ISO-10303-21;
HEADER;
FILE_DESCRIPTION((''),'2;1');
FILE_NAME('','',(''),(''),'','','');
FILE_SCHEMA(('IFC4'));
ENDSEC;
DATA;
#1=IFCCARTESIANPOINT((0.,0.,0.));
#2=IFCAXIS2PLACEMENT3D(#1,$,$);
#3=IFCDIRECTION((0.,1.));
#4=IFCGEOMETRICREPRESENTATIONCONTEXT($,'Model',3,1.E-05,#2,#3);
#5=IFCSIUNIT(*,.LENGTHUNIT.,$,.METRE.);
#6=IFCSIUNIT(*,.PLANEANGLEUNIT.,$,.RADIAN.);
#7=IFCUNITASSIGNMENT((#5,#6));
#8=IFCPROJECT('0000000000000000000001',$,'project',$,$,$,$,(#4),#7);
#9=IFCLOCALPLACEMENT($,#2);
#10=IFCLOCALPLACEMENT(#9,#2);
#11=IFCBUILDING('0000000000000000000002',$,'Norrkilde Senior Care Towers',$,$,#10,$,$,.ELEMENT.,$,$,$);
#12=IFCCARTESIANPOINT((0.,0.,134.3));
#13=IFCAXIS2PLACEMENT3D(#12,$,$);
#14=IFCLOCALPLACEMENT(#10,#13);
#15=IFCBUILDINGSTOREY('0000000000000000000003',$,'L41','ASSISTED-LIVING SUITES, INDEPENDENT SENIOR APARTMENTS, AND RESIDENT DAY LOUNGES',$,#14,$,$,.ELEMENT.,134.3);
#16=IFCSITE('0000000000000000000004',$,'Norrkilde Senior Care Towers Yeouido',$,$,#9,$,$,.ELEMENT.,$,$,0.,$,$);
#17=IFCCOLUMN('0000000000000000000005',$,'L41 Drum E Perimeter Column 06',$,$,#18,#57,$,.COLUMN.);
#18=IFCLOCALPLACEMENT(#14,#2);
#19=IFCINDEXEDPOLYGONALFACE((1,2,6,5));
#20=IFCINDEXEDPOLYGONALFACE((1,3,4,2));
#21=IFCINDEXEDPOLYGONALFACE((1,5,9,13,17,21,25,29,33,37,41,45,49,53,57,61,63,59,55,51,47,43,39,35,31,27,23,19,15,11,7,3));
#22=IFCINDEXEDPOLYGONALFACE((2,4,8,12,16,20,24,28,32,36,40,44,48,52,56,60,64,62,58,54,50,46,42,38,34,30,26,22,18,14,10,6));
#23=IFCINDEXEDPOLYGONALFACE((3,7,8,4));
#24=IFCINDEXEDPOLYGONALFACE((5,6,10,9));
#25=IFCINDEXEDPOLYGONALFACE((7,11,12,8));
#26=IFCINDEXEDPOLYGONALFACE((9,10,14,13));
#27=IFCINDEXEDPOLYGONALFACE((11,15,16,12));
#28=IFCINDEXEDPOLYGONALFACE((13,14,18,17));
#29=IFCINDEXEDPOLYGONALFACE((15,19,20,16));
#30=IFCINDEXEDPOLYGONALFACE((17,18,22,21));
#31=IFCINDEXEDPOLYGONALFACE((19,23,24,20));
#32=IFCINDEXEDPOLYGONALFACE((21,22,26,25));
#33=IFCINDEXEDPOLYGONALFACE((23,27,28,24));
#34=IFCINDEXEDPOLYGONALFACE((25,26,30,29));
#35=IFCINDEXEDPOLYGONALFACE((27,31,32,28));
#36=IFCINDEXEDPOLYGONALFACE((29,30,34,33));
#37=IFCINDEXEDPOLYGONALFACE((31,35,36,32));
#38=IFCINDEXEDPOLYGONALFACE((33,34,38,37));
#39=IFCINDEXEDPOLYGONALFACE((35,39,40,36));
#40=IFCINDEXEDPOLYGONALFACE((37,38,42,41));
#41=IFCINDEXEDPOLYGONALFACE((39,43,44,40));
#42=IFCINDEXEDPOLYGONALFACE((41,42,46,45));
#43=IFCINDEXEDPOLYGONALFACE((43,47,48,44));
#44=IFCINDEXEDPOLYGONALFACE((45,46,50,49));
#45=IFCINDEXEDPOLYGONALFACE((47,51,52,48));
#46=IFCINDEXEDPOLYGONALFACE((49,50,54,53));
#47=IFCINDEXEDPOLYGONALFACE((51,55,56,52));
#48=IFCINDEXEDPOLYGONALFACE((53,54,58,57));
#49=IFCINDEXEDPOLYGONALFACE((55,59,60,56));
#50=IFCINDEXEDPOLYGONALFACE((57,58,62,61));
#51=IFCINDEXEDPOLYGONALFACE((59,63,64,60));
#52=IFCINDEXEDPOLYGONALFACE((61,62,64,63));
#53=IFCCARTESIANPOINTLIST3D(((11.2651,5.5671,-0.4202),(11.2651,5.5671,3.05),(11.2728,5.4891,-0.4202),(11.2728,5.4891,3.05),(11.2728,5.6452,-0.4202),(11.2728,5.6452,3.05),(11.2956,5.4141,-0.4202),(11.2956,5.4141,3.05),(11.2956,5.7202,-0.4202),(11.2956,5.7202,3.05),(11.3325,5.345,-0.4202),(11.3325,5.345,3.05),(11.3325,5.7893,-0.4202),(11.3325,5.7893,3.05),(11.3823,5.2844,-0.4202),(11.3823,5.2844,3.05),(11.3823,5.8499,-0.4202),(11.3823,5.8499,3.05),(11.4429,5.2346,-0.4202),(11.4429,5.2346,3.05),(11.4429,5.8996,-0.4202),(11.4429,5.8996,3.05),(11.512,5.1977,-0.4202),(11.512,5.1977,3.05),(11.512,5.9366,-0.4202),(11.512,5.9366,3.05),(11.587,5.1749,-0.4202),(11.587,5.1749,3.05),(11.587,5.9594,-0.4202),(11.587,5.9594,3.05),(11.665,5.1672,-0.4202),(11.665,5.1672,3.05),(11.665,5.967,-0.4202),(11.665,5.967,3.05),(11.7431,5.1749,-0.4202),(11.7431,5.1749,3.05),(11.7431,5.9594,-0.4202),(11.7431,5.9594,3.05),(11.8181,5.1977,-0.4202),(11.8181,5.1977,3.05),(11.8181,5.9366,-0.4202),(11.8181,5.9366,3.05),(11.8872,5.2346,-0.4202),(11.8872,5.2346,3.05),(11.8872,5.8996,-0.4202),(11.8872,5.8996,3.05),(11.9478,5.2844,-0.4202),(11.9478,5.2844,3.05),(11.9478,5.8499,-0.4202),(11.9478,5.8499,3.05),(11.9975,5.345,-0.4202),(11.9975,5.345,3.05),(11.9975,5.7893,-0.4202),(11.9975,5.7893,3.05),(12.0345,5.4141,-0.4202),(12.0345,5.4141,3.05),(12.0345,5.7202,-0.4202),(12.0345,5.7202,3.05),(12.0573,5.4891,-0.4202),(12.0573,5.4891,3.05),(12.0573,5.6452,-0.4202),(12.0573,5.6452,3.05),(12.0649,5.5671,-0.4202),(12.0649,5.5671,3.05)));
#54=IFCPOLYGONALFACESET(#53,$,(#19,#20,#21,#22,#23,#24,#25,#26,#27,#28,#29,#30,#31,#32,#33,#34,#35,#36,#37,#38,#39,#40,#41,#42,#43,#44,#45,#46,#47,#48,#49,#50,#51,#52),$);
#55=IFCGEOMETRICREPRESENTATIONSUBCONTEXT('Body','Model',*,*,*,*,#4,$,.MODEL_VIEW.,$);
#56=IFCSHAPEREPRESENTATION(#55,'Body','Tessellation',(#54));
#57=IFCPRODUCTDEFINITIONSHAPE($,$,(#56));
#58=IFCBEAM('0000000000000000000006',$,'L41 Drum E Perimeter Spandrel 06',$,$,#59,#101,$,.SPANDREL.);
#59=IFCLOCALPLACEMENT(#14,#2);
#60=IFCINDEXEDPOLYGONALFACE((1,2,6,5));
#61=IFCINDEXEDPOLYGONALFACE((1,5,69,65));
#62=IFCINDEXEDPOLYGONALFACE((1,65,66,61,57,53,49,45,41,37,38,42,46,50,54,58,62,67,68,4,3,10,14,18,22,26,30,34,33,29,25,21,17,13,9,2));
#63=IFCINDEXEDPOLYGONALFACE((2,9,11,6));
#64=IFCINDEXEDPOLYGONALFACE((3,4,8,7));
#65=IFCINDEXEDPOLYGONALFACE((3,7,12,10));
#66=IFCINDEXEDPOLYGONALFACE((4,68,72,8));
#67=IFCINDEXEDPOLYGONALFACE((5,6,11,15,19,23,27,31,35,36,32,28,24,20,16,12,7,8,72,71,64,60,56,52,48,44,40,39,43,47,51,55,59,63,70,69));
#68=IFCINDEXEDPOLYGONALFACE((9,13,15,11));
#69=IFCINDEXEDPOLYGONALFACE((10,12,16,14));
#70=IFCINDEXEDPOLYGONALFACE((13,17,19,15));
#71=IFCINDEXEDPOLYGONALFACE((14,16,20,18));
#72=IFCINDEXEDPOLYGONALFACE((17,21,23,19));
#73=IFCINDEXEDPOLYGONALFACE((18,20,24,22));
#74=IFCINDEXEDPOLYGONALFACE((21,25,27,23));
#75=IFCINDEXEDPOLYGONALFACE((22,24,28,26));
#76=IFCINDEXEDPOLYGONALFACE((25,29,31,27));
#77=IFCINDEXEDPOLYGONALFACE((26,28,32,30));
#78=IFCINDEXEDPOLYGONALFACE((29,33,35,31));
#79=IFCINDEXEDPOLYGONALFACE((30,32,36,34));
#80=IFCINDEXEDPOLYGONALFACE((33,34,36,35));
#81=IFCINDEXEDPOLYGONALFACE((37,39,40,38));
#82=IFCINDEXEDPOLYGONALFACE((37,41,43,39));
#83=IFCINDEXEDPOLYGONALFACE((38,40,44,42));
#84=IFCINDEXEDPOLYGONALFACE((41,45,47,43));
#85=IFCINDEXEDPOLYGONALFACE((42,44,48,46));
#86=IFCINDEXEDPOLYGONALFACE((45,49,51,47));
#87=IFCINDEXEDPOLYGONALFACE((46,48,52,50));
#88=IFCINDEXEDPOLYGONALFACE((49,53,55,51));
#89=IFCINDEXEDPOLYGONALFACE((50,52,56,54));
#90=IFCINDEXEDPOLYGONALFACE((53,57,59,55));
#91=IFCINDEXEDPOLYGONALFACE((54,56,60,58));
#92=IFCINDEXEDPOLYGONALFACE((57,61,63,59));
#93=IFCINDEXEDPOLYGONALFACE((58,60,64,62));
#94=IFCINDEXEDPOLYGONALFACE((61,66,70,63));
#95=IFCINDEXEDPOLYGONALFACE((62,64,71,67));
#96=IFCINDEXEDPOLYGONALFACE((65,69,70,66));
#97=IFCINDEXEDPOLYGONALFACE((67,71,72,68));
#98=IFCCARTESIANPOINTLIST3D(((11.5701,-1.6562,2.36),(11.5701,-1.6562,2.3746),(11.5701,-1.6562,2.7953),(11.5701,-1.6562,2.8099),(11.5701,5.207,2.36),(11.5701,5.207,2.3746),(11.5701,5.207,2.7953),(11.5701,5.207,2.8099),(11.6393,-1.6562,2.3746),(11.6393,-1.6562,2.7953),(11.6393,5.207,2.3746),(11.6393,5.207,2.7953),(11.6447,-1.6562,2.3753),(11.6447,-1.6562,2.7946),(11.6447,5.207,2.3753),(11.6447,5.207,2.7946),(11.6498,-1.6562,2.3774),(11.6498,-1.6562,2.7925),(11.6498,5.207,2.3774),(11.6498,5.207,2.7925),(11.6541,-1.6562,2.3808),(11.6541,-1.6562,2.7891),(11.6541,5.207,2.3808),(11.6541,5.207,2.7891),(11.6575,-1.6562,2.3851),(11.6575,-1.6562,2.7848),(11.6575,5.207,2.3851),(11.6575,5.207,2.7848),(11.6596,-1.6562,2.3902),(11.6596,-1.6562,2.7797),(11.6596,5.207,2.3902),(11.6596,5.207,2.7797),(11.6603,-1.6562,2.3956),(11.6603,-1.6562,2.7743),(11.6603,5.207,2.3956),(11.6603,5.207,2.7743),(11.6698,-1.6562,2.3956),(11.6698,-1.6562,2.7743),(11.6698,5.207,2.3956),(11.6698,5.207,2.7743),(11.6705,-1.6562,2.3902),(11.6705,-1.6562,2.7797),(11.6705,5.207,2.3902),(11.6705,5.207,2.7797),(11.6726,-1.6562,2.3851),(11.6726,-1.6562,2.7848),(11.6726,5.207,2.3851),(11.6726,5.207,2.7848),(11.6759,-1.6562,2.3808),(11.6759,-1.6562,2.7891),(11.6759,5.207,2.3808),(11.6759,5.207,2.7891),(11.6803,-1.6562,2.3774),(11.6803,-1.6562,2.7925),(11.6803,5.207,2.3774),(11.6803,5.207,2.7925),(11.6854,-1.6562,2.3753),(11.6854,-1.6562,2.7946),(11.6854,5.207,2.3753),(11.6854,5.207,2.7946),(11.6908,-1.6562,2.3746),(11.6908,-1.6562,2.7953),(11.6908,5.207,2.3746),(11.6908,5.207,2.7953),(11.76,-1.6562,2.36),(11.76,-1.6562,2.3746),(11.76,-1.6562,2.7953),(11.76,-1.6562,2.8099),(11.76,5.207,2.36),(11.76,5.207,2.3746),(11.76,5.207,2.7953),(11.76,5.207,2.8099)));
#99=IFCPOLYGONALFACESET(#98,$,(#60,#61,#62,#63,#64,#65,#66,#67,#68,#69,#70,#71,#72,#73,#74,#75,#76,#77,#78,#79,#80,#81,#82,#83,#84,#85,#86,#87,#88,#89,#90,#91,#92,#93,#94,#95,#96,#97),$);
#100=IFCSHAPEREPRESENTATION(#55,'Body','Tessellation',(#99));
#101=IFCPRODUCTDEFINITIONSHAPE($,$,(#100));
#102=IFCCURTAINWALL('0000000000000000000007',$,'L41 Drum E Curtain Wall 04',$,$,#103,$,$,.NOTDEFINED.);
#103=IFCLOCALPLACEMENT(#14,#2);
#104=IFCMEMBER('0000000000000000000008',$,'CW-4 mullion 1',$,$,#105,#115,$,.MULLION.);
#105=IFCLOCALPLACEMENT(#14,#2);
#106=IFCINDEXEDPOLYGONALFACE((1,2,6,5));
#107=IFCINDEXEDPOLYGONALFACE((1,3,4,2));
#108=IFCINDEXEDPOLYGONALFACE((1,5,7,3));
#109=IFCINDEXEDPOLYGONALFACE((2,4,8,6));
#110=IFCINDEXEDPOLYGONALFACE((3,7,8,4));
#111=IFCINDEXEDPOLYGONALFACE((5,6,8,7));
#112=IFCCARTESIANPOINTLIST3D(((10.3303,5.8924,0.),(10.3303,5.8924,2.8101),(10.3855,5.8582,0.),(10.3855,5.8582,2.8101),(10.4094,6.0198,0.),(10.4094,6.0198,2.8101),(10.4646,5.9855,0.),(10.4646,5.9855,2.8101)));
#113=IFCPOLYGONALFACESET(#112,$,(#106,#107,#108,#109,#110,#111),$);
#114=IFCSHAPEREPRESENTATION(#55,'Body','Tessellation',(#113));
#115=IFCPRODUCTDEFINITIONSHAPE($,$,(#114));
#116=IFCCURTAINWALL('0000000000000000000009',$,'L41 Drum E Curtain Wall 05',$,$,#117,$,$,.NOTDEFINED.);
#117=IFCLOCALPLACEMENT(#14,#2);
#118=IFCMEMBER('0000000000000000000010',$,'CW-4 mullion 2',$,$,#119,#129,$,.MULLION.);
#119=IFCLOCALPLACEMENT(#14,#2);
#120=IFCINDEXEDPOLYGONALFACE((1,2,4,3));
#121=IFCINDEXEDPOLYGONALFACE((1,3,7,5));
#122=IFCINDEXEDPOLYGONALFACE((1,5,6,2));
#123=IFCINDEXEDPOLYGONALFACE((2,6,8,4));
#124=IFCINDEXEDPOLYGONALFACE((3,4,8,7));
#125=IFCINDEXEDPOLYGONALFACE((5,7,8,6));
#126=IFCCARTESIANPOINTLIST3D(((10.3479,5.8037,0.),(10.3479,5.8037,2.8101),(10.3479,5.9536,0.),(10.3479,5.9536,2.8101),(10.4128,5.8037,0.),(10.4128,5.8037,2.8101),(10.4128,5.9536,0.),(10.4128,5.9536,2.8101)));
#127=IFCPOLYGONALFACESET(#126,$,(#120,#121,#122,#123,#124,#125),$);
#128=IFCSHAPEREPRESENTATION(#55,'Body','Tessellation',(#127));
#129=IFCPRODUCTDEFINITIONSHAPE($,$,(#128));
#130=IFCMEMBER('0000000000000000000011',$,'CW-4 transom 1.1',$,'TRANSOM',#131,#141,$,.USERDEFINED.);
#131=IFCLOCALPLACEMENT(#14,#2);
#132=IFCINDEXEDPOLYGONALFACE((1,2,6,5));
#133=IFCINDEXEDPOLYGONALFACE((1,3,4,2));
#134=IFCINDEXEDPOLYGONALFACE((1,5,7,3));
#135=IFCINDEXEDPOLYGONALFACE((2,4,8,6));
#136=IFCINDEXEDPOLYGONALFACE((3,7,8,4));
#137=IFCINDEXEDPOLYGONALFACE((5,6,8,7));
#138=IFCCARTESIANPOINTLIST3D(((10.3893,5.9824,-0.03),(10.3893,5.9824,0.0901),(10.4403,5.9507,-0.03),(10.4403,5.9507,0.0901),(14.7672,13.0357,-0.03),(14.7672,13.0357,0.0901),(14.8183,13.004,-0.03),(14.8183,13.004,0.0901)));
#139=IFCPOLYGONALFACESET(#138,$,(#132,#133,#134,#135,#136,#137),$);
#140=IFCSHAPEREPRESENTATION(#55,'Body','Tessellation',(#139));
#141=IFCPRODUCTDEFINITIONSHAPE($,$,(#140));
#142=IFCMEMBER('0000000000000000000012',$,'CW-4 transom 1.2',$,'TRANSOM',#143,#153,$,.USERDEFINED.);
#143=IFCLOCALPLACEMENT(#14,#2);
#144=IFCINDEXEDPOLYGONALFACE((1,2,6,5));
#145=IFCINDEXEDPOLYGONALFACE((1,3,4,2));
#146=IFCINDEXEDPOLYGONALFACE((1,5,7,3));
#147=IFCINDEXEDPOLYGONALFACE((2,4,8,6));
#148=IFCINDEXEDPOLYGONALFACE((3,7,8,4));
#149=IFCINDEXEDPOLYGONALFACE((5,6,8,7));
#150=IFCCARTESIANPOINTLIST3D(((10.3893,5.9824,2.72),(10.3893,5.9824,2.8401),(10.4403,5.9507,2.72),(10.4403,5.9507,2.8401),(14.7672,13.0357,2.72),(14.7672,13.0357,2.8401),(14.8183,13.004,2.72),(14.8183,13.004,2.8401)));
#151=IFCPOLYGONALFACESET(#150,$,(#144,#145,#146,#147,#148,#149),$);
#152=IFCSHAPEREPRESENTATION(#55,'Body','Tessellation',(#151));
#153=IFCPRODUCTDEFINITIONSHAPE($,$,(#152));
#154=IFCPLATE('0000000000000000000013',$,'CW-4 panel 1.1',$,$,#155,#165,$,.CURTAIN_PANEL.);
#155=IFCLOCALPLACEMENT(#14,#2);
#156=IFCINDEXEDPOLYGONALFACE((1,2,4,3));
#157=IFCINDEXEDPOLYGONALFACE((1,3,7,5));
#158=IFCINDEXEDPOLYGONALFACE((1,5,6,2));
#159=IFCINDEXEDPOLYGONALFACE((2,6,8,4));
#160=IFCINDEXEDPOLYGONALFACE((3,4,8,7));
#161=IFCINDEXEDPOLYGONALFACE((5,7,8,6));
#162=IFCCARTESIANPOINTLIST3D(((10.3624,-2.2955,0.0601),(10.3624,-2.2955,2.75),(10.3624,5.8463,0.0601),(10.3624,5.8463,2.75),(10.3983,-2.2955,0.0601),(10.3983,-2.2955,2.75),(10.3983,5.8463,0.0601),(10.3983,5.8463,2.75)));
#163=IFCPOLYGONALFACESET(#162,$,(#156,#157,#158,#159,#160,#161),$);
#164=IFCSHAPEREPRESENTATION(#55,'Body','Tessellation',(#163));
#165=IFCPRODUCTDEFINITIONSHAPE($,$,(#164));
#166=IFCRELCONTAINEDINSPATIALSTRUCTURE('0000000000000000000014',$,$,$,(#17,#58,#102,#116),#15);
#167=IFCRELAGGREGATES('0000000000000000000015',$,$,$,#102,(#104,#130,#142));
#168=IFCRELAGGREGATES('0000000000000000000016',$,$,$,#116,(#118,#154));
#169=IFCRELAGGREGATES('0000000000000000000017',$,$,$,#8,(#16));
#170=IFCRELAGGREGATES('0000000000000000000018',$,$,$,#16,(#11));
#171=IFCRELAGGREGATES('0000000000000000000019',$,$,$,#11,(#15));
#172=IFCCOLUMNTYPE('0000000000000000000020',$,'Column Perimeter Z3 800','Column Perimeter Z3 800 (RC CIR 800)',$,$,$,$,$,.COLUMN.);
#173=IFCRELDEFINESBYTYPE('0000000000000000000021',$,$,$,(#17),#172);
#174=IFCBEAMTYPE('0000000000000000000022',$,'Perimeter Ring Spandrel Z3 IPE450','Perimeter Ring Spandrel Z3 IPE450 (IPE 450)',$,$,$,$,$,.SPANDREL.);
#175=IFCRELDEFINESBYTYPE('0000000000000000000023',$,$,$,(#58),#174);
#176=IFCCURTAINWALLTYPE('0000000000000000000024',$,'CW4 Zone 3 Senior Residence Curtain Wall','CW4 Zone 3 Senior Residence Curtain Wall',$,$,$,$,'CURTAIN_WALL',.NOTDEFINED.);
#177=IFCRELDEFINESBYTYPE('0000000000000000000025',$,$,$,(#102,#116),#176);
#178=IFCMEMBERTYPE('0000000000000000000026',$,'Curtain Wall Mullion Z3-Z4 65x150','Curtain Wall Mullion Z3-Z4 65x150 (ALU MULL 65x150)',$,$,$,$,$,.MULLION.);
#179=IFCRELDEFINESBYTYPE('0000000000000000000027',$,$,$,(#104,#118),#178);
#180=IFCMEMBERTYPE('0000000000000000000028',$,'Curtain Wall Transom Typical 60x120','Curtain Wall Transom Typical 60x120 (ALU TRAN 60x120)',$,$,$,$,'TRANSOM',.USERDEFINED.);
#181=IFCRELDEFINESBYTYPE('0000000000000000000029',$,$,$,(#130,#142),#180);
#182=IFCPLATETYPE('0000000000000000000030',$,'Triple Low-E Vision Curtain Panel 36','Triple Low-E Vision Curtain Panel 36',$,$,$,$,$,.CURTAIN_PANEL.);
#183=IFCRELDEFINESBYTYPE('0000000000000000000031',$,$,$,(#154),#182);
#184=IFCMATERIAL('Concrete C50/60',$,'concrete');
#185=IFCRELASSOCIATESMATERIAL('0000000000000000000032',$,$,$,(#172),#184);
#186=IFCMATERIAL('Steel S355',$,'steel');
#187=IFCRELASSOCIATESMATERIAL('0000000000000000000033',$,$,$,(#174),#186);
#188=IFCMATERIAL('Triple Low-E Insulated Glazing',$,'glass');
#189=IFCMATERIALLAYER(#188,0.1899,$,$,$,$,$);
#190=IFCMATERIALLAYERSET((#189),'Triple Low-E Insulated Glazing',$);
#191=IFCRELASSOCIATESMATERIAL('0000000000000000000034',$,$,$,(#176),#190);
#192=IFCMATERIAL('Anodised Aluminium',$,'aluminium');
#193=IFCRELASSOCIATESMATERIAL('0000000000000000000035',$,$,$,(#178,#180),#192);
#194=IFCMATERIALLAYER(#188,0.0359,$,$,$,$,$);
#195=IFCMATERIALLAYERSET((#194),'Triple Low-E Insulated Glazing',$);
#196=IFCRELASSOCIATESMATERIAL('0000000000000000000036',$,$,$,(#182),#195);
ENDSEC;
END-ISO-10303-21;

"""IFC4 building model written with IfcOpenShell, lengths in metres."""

from ifc_helpers import new_model, si_unit, direction, frame, origin, origin_2d, place, context, subcontext, project, spatial, rectangle, circle, i_section, extrude, source, transform, mapped, material, layer, layer_set, material_profile, profile_set, type_object, type_shapes, element, aggregate, save


model = new_model("IFC4")

# Units and contexts
model_context = context("Model", 3, precision=1e-05, world=origin(), true_north=direction((0.0, 1.0)))
body_context = subcontext(model_context, "Body", "Model", "MODEL_VIEW")
ifc_project = project(units=[si_unit("LENGTHUNIT", "METRE"), si_unit("PLANEANGLEUNIT", "RADIAN")], contexts=[model_context])

# Site, building, storey
site_placement = place(None, origin())
site = spatial("IfcSite", under=ifc_project, at=site_placement, Name="Norrkilde Senior Care Towers Yeouido", CompositionType="ELEMENT", RefElevation=0.0)
building_placement = place(site_placement, origin())
building = spatial("IfcBuilding", under=site, at=building_placement, Name="Norrkilde Senior Care Towers", CompositionType="ELEMENT")
storey_placement = place(building_placement, frame((0.0, 0.0, 134.3)))
storey = spatial("IfcBuildingStorey", under=building, at=storey_placement, Name="L41", Description="ASSISTED-LIVING SUITES, INDEPENDENT SENIOR APARTMENTS, AND RESIDENT DAY LOUNGES", CompositionType="ELEMENT", Elevation=134.3)

# Column
ifc_material_1 = material(Name="Concrete C50/60", Category="concrete")
ifc_material_profile_1 = material_profile(ifc_material_1, circle(Radius=0.3999, at=origin_2d()), Name="RC CIR 800")
ifc_profile_set_1 = profile_set([ifc_material_profile_1], Name="Concrete C50/60")
column_type = type_object("IfcColumnType", Name="Column Perimeter Z3 800", Description="Column Perimeter Z3 800 (RC CIR 800)", PredefinedType="COLUMN", material=ifc_profile_set_1)
shared_shape_1 = source(origin(), body_context, "Body", "SweptSolid", [
    extrude(circle(Radius=0.3999, at=origin_2d()), origin(), (0.0, 0.0, 1.0), 3.4702),
])
type_shapes(column_type, [shared_shape_1])
column_placement = place(storey_placement, frame((11.665, 5.5671, -0.4202), z_axis=(0.0, 0.0, 1.0), x_axis=(1.0, 0.0, 0.0)))
element("IfcColumn", 1, at=column_placement, inside=storey, type_object=column_type, Name="L41 Drum E Perimeter Column 06", PredefinedType="COLUMN", context=body_context, shape_type="MappedRepresentation", body=[
    mapped(shared_shape_1, transform((0.0, 0.0, 0.0), x_axis=(1.0, 0.0, 0.0), y_axis=(0.0, 1.0, 0.0), z_axis=(0.0, 0.0, 1.0), scale=1.0)),
])

# Beam
ifc_material_2 = material(Name="Steel S355", Category="steel")
ifc_material_profile_2 = material_profile(ifc_material_2, i_section(OverallWidth=0.1899, OverallDepth=0.45, WebThickness=0.0095, FlangeThickness=0.0146, FilletRadius=0.021, at=origin_2d()), Name="IPE 450")
ifc_profile_set_2 = profile_set([ifc_material_profile_2], Name="Steel S355")
beam_type = type_object("IfcBeamType", Name="Perimeter Ring Spandrel Z3 IPE450", Description="Perimeter Ring Spandrel Z3 IPE450 (IPE 450)", PredefinedType="SPANDREL", material=ifc_profile_set_2)
shared_shape_2 = source(origin(), body_context, "Body", "SweptSolid", [
    extrude(i_section(OverallWidth=0.1899, OverallDepth=0.45, WebThickness=0.0095, FlangeThickness=0.0146, FilletRadius=0.021, at=origin_2d()), origin(), (0.0, 0.0, 1.0), 6.8633),
])
type_shapes(beam_type, [shared_shape_2])
beam_placement = place(storey_placement, frame((11.665, 5.207, 2.585), z_axis=(0.0, -1.0, 0.0), x_axis=(1.0, 0.0, 0.0)))
element("IfcBeam", 2, at=beam_placement, inside=storey, type_object=beam_type, Name="L41 Drum E Perimeter Spandrel 06", PredefinedType="SPANDREL", context=body_context, shape_type="MappedRepresentation", body=[
    mapped(shared_shape_2, transform((0.0, 0.0, 0.0), x_axis=(1.0, 0.0, 0.0), y_axis=(0.0, 1.0, 0.0), z_axis=(0.0, 0.0, 1.0), scale=1.0)),
])

# Curtain walls, members
ifc_material_3 = material(Name="Triple Low-E Insulated Glazing", Category="glass")
ifc_layer_1 = layer(ifc_material_3, 0.1899)
ifc_layer_set_1 = layer_set([ifc_layer_1], Name="Triple Low-E Insulated Glazing")
curtain_wall_type = type_object("IfcCurtainWallType", Name="CW4 Zone 3 Senior Residence Curtain Wall", Description="CW4 Zone 3 Senior Residence Curtain Wall", ElementType="CURTAIN_WALL", PredefinedType="NOTDEFINED", material=ifc_layer_set_1)
curtain_wall_1_placement = place(storey_placement, origin())
curtain_wall_1 = element("IfcCurtainWall", 3, at=curtain_wall_1_placement, inside=storey, type_object=curtain_wall_type, Name="L41 Drum E Curtain Wall 04", PredefinedType="NOTDEFINED")
ifc_material_4 = material(Name="Anodised Aluminium", Category="aluminium")
ifc_material_profile_3 = material_profile(ifc_material_4, rectangle(XDim=0.0649, YDim=0.1499, at=origin_2d()), Name="ALU MULL 65x150")
ifc_profile_set_3 = profile_set([ifc_material_profile_3], Name="Anodised Aluminium")
member_type_1 = type_object("IfcMemberType", Name="Curtain Wall Mullion Z3-Z4 65x150", Description="Curtain Wall Mullion Z3-Z4 65x150 (ALU MULL 65x150)", PredefinedType="MULLION", material=ifc_profile_set_3)
shared_shape_3 = source(origin(), body_context, "Body", "SweptSolid", [
    extrude(rectangle(XDim=0.0649, YDim=0.1499, at=origin_2d()), origin(), (0.0, 0.0, 1.0), 2.8101),
])
type_shapes(member_type_1, [shared_shape_3])
member_1_placement = place(storey_placement, frame((10.3975, 5.939, 0.0), z_axis=(0.0, 0.0, 1.0), x_axis=(-0.849634, 0.527373, 0.0)))
member_1 = element("IfcMember", 4, at=member_1_placement, type_object=member_type_1, Name="CW-4 mullion 1", PredefinedType="MULLION", context=body_context, shape_type="MappedRepresentation", body=[
    mapped(shared_shape_3, transform((0.0, 0.0, 0.0), x_axis=(1.0, 0.0, 0.0), y_axis=(0.0, 1.0, 0.0), z_axis=(0.0, 0.0, 1.0), scale=1.0)),
])
curtain_wall_2_placement = place(storey_placement, origin())
curtain_wall_2 = element("IfcCurtainWall", 5, at=curtain_wall_2_placement, inside=storey, type_object=curtain_wall_type, Name="L41 Drum E Curtain Wall 05", PredefinedType="NOTDEFINED")
member_2_placement = place(storey_placement, frame((10.3804, 5.8787, 0.0), z_axis=(0.0, 0.0, 1.0), x_axis=(-1.0, 0.0, 0.0)))
member_2 = element("IfcMember", 6, at=member_2_placement, type_object=member_type_1, Name="CW-4 mullion 2", PredefinedType="MULLION", context=body_context, shape_type="MappedRepresentation", body=[
    mapped(shared_shape_3, transform((0.0, 0.0, 0.0), x_axis=(1.0, 0.0, 0.0), y_axis=(0.0, 1.0, 0.0), z_axis=(0.0, 0.0, 1.0), scale=1.0)),
])

# Members
ifc_material_profile_4 = material_profile(ifc_material_4, rectangle(XDim=0.0601, YDim=0.1201, at=origin_2d()), Name="ALU TRAN 60x120")
ifc_profile_set_4 = profile_set([ifc_material_profile_4], Name="Anodised Aluminium")
member_type_2 = type_object("IfcMemberType", Name="Curtain Wall Transom Typical 60x120", Description="Curtain Wall Transom Typical 60x120 (ALU TRAN 60x120)", ElementType="TRANSOM", PredefinedType="USERDEFINED", material=ifc_profile_set_4)
shared_shape_4 = source(origin(), body_context, "Body", "SweptSolid", [
    extrude(rectangle(XDim=0.0601, YDim=0.1201, at=origin_2d()), origin(), (0.0, 0.0, 1.0), 8.3015),
])
type_shapes(member_type_2, [shared_shape_4])
member_3_placement = place(storey_placement, frame((10.4148, 5.9666, 0.03), z_axis=(0.527369, 0.849637, 0.0), x_axis=(-0.849637, 0.527369, 0.0)))
member_3 = element("IfcMember", 7, at=member_3_placement, type_object=member_type_2, Name="CW-4 transom 1.1", ObjectType="TRANSOM", PredefinedType="USERDEFINED", context=body_context, shape_type="MappedRepresentation", body=[
    mapped(shared_shape_4, transform((0.0, 0.0, 0.0), x_axis=(1.0, 0.0, 0.0), y_axis=(0.0, 1.0, 0.0), z_axis=(0.0, 0.0, 1.0), scale=1.0)),
])
member_4_placement = place(storey_placement, frame((10.4148, 5.9666, 2.78), z_axis=(0.527369, 0.849637, 0.0), x_axis=(-0.849637, 0.527369, 0.0)))
member_4 = element("IfcMember", 8, at=member_4_placement, type_object=member_type_2, Name="CW-4 transom 1.2", ObjectType="TRANSOM", PredefinedType="USERDEFINED", context=body_context, shape_type="MappedRepresentation", body=[
    mapped(shared_shape_4, transform((0.0, 0.0, 0.0), x_axis=(1.0, 0.0, 0.0), y_axis=(0.0, 1.0, 0.0), z_axis=(0.0, 0.0, 1.0), scale=1.0)),
])
aggregate(curtain_wall_1, [member_1, member_3, member_4])

# Plate
ifc_layer_2 = layer(ifc_material_3, 0.0359)
ifc_layer_set_2 = layer_set([ifc_layer_2], Name="Triple Low-E Insulated Glazing")
plate_type = type_object("IfcPlateType", Name="Triple Low-E Vision Curtain Panel 36", Description="Triple Low-E Vision Curtain Panel 36", PredefinedType="CURTAIN_PANEL", material=ifc_layer_set_2)
shared_shape_5 = source(origin(), body_context, "Body", "SweptSolid", [
    extrude(rectangle(XDim=8.1418, YDim=0.0359, at=origin_2d()), origin(), (0.0, 0.0, 1.0), 2.6899),
])
type_shapes(plate_type, [shared_shape_5])
plate_placement = place(storey_placement, frame((10.3804, 1.7754, 0.0601), z_axis=(0.0, 0.0, 1.0), x_axis=(0.0, 1.0, 0.0)))
plate = element("IfcPlate", 9, at=plate_placement, type_object=plate_type, Name="CW-4 panel 1.1", PredefinedType="CURTAIN_PANEL", context=body_context, shape_type="MappedRepresentation", body=[
    mapped(shared_shape_5, transform((0.0, 0.0, 0.0), x_axis=(1.0, 0.0, 0.0), y_axis=(0.0, 1.0, 0.0), z_axis=(0.0, 0.0, 1.0), scale=1.0)),
])
aggregate(curtain_wall_2, [member_2, plate])

save(model, "model.ifc")
